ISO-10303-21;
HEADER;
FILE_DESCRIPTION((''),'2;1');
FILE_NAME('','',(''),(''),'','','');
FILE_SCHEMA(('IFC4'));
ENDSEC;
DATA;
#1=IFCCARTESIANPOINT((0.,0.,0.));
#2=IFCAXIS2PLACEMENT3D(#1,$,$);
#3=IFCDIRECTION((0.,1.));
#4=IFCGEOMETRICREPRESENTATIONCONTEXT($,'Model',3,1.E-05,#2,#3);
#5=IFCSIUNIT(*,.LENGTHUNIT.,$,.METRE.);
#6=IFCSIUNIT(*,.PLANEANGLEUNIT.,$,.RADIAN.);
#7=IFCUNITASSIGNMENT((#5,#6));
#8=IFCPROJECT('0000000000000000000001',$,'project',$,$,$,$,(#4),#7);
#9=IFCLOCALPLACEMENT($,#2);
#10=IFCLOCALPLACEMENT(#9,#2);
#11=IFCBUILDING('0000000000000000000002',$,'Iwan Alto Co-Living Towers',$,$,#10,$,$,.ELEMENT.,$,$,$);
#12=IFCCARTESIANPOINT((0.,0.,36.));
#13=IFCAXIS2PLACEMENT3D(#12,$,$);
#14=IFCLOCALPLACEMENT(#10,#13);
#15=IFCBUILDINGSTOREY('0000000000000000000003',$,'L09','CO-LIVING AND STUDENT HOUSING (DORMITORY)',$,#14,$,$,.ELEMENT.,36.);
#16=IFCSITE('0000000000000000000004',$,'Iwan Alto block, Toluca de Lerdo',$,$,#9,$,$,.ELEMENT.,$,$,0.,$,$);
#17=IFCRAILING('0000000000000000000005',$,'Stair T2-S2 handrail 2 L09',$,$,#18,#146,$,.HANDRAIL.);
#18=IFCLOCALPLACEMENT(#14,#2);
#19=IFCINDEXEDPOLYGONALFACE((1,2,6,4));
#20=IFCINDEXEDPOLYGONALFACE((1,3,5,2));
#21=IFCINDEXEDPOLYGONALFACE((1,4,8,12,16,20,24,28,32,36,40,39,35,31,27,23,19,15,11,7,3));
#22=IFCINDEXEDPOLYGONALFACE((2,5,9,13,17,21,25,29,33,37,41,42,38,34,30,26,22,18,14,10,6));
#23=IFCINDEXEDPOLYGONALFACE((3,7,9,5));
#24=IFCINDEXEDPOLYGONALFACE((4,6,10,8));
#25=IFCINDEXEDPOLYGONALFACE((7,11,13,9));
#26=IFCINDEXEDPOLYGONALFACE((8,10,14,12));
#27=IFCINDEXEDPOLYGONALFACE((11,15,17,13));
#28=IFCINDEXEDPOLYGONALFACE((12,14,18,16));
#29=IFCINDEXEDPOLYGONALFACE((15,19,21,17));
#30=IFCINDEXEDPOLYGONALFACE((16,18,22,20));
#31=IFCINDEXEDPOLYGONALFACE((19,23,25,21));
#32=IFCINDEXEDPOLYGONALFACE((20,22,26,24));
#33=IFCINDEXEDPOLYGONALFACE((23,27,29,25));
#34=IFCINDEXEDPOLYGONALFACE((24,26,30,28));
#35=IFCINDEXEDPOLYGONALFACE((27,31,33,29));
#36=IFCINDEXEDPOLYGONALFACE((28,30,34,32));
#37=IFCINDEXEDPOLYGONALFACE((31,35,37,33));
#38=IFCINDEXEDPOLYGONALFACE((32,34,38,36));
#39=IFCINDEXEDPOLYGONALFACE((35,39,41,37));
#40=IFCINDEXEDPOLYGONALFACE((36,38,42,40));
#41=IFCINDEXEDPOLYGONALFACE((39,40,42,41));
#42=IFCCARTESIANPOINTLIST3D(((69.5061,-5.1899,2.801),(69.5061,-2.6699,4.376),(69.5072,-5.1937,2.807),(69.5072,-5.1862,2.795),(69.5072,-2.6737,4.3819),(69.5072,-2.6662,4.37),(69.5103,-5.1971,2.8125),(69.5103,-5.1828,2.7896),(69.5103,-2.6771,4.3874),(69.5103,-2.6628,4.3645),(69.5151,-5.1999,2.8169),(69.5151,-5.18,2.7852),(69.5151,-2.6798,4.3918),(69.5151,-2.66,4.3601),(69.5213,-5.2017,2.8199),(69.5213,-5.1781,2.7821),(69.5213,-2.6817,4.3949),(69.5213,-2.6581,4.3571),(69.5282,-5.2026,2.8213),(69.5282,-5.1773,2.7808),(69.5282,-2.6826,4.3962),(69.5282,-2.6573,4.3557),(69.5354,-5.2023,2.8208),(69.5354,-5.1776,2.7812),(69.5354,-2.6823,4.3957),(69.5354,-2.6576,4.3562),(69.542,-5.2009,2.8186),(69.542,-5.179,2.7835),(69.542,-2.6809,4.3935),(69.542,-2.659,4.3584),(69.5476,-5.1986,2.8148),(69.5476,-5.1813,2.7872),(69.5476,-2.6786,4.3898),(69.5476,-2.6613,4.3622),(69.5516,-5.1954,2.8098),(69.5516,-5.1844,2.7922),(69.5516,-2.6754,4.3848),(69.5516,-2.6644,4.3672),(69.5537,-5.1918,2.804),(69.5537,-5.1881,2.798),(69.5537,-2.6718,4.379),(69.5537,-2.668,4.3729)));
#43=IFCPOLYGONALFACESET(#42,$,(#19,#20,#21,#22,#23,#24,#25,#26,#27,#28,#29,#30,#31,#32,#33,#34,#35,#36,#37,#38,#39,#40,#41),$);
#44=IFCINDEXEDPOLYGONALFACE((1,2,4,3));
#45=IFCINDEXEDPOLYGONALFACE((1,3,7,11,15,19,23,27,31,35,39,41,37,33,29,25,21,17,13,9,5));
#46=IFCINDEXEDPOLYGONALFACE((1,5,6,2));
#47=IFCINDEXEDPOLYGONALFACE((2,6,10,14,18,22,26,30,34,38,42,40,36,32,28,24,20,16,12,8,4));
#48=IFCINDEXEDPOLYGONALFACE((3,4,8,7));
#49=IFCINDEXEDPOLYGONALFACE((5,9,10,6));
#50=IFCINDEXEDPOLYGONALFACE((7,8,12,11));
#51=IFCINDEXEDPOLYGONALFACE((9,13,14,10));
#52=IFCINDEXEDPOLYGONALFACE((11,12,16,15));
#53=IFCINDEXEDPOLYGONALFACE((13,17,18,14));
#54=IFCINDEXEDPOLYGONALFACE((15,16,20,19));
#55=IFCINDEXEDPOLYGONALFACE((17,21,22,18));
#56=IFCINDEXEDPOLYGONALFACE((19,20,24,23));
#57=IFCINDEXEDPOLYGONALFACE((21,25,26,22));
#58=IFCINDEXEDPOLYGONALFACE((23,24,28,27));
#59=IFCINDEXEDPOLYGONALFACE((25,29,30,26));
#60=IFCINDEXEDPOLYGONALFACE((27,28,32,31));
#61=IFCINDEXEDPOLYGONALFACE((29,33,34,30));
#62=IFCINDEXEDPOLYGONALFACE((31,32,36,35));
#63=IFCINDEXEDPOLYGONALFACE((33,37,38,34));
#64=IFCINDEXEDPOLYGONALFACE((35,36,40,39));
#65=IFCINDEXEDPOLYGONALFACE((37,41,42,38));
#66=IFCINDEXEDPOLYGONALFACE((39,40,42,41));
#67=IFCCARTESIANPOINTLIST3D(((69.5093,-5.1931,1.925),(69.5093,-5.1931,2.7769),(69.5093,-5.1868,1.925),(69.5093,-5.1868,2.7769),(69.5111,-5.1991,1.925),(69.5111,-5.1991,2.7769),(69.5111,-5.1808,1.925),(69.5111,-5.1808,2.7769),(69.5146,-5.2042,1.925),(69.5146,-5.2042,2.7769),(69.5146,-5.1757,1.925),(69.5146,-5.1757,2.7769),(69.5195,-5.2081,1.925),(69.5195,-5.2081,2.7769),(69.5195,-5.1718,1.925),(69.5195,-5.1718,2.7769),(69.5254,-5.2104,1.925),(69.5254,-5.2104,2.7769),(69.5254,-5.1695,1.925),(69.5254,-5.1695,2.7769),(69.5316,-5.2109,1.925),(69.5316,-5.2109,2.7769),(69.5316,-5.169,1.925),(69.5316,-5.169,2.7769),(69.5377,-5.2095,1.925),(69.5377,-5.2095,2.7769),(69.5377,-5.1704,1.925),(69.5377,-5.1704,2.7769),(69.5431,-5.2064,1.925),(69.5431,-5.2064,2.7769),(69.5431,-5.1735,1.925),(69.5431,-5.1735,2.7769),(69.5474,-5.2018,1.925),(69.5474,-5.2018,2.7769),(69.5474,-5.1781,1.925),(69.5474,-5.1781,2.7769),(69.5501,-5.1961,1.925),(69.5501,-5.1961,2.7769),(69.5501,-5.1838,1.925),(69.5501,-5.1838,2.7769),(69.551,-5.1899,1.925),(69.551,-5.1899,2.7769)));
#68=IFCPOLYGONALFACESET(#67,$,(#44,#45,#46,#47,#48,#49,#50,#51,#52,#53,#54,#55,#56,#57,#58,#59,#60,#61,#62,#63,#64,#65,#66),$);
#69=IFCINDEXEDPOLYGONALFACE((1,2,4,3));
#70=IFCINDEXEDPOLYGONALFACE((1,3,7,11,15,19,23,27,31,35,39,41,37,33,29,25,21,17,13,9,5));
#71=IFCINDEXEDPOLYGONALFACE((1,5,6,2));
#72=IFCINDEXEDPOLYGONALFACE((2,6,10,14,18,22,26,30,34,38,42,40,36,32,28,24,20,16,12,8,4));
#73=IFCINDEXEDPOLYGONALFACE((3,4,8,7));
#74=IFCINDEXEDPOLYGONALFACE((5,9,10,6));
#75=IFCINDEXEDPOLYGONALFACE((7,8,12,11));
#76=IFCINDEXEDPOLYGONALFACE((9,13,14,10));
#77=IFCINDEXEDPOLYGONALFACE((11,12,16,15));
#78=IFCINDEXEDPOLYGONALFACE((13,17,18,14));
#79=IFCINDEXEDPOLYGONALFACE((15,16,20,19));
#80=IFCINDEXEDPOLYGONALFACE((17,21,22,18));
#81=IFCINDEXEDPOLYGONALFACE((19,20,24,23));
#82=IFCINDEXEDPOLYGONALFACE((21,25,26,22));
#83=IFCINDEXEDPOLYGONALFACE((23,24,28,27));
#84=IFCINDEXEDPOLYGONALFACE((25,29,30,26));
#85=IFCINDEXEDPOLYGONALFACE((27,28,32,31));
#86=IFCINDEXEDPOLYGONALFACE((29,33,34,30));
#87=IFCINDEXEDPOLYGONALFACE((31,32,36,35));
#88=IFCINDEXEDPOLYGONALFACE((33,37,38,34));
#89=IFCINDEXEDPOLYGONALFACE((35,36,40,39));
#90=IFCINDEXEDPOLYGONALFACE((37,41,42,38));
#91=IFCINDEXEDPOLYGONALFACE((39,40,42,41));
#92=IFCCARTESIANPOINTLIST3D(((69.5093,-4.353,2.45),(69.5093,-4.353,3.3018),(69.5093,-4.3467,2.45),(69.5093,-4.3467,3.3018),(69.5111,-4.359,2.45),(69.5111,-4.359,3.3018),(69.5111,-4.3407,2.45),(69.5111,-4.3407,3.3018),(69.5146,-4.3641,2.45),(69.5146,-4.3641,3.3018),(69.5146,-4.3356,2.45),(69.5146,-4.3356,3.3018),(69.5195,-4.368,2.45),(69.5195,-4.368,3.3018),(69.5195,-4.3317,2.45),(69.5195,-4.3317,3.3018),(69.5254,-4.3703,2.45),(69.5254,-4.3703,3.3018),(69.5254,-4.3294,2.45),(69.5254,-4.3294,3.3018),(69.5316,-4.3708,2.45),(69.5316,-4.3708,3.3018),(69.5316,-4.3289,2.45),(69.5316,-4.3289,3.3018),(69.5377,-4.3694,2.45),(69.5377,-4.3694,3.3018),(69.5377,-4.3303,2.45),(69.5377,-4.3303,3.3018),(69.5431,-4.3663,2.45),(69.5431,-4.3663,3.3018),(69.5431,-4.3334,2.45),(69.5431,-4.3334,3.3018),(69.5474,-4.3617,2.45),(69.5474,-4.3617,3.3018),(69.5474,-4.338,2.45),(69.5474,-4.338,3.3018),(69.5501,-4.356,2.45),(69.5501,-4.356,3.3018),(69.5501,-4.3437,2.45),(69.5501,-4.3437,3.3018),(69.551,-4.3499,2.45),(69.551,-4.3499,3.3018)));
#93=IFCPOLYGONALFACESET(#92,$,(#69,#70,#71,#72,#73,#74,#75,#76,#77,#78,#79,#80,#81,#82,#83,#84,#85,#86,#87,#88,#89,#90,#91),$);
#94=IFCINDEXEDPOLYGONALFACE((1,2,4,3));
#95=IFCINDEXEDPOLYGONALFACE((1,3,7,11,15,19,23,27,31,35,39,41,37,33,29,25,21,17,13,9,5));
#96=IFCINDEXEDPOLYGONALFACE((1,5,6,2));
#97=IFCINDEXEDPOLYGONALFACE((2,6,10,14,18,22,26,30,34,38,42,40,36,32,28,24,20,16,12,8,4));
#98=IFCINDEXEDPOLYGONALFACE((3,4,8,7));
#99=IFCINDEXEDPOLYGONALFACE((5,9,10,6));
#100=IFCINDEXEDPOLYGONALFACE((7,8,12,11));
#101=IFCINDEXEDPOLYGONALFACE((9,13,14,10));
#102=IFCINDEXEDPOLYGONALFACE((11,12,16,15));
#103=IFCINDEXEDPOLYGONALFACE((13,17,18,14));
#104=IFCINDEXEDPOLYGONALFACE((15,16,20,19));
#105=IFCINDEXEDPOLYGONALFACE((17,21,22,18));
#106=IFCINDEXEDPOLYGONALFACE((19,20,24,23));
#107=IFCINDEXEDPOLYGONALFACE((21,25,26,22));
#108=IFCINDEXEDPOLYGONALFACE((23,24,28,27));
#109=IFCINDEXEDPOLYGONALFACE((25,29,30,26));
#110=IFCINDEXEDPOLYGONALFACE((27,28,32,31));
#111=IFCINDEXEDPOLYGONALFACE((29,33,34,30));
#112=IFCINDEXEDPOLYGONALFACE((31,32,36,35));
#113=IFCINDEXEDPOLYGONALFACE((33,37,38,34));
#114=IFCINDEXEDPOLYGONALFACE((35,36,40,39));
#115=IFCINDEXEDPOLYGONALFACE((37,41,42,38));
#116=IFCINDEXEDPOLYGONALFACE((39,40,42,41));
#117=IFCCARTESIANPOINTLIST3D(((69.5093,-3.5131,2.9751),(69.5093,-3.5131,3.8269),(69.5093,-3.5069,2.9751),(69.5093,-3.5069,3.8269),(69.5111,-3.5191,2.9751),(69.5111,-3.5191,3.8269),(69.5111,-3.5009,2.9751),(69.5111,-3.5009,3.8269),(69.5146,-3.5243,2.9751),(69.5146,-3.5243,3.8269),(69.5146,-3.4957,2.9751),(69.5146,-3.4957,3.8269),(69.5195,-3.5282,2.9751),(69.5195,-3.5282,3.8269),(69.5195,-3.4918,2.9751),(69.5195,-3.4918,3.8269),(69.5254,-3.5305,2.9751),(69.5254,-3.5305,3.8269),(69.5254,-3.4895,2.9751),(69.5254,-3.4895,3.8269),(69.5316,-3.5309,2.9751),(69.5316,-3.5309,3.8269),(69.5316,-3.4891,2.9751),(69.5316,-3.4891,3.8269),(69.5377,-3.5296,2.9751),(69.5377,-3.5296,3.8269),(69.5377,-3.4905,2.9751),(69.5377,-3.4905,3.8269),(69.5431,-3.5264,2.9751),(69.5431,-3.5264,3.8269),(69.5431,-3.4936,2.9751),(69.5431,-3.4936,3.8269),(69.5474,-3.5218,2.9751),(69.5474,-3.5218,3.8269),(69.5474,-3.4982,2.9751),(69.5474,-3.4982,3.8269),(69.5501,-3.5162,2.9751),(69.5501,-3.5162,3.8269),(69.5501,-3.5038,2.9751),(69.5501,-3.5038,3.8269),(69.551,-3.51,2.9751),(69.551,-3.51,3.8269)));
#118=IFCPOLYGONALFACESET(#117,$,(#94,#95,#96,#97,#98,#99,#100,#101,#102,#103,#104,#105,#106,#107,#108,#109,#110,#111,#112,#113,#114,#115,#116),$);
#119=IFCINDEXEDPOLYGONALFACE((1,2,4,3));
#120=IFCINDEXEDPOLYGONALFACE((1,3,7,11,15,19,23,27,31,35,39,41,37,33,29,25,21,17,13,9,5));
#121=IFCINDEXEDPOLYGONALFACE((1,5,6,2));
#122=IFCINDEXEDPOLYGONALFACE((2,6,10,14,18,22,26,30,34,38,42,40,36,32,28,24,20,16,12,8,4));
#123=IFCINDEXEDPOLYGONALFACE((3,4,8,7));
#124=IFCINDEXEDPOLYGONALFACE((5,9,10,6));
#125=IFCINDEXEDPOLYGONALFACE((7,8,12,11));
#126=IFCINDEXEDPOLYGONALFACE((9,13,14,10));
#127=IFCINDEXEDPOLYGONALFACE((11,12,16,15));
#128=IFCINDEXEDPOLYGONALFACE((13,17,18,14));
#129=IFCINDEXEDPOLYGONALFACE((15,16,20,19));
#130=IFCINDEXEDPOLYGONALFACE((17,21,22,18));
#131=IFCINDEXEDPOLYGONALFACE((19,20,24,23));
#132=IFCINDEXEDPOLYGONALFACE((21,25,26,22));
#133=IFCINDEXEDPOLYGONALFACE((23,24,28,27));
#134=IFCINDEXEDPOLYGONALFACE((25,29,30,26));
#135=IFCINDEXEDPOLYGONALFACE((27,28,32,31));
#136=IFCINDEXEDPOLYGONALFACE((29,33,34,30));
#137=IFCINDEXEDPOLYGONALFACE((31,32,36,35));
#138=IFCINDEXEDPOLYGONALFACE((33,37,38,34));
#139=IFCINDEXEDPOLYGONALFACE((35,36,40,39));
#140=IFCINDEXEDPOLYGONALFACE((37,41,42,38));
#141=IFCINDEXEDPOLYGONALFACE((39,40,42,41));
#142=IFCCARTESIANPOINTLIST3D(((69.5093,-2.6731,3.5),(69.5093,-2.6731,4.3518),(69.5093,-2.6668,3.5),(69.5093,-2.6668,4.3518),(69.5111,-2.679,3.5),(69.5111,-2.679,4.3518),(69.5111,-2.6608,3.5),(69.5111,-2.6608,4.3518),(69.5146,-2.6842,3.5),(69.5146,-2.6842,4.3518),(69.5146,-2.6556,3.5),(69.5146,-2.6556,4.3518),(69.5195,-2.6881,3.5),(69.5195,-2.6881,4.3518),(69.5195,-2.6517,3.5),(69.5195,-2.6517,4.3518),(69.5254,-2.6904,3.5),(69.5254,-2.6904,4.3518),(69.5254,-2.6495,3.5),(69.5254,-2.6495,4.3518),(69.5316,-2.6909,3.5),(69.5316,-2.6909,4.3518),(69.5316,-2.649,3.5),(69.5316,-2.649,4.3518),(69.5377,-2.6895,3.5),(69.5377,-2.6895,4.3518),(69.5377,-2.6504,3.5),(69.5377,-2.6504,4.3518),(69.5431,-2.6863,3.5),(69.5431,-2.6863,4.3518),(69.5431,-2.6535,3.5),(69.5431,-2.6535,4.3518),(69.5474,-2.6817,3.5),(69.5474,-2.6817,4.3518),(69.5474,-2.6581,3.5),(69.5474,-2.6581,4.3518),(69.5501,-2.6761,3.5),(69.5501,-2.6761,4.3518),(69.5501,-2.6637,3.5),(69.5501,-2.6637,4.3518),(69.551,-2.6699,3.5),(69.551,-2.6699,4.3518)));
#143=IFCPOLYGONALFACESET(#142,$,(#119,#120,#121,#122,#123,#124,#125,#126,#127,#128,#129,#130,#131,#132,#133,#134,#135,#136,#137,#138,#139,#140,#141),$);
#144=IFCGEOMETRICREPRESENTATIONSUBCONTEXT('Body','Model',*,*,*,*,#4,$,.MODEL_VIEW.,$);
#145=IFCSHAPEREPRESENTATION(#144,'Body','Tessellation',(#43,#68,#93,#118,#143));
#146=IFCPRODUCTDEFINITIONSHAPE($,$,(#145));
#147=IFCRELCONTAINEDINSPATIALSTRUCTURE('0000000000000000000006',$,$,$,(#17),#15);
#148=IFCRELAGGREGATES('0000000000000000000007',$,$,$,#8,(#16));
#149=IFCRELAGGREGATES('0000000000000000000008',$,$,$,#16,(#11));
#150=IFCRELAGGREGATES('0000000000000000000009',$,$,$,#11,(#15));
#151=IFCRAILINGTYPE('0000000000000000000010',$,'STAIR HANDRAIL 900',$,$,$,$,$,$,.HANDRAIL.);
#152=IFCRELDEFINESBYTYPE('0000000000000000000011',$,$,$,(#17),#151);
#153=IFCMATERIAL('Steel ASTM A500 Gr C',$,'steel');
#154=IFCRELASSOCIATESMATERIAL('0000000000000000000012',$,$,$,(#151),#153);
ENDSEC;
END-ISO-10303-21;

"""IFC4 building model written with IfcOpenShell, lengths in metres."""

from ifc_helpers import new_model, si_unit, direction, frame, origin, origin_2d, place, context, subcontext, project, spatial, circle, extrude, material, type_object, element, save


model = new_model("IFC4")

# Units and contexts
model_context = context("Model", 3, precision=1e-05, world=origin(), true_north=direction((0.0, 1.0)))
body_context = subcontext(model_context, "Body", "Model", "MODEL_VIEW")
ifc_project = project(units=[si_unit("LENGTHUNIT", "METRE"), si_unit("PLANEANGLEUNIT", "RADIAN")], contexts=[model_context])

# Site, building, storey
site_placement = place(None, origin())
site = spatial("IfcSite", under=ifc_project, at=site_placement, Name="Iwan Alto block, Toluca de Lerdo", CompositionType="ELEMENT", RefElevation=0.0)
building_placement = place(site_placement, origin())
building = spatial("IfcBuilding", under=site, at=building_placement, Name="Iwan Alto Co-Living Towers", CompositionType="ELEMENT")
storey_placement = place(building_placement, frame((0.0, 0.0, 36.0)))
storey = spatial("IfcBuildingStorey", under=building, at=storey_placement, Name="L09", Description="CO-LIVING AND STUDENT HOUSING (DORMITORY)", CompositionType="ELEMENT", Elevation=36.0)

# Railing
ifc_material_1 = material(Name="Steel ASTM A500 Gr C", Category="steel")
railing_type_1 = type_object("IfcRailingType", Name="STAIR HANDRAIL 900", PredefinedType="HANDRAIL", material=ifc_material_1)
railing_1_placement = place(storey_placement, frame((69.53, -5.1899, 1.925)))
element("IfcRailing", 1, at=railing_1_placement, inside=storey, type_object=railing_type_1, Name="Stair T2-S2 handrail 2 L09", PredefinedType="HANDRAIL", context=body_context, shape_type="SweptSolid", body=[
    extrude(circle(Radius=0.0239, at=origin_2d()), frame((0.0, 0.0, 0.876), z_axis=(0.0, 0.848008, 0.529984), x_axis=(-1.0, 0.0, 0.0)), (0.0, 0.0, 1.0), 2.9717),
    extrude(circle(Radius=0.021, at=origin_2d()), origin(), (0.0, 0.0, 1.0), 0.8518),
    extrude(circle(Radius=0.021, at=origin_2d()), frame((0.0, 0.8401, 0.5249)), (0.0, 0.0, 1.0), 0.8518),
    extrude(circle(Radius=0.021, at=origin_2d()), frame((0.0, 1.6799, 1.05)), (0.0, 0.0, 1.0), 0.8518),
    extrude(circle(Radius=0.021, at=origin_2d()), frame((0.0, 2.52, 1.575)), (0.0, 0.0, 1.0), 0.8518),
])

save(model, "model.ifc")
